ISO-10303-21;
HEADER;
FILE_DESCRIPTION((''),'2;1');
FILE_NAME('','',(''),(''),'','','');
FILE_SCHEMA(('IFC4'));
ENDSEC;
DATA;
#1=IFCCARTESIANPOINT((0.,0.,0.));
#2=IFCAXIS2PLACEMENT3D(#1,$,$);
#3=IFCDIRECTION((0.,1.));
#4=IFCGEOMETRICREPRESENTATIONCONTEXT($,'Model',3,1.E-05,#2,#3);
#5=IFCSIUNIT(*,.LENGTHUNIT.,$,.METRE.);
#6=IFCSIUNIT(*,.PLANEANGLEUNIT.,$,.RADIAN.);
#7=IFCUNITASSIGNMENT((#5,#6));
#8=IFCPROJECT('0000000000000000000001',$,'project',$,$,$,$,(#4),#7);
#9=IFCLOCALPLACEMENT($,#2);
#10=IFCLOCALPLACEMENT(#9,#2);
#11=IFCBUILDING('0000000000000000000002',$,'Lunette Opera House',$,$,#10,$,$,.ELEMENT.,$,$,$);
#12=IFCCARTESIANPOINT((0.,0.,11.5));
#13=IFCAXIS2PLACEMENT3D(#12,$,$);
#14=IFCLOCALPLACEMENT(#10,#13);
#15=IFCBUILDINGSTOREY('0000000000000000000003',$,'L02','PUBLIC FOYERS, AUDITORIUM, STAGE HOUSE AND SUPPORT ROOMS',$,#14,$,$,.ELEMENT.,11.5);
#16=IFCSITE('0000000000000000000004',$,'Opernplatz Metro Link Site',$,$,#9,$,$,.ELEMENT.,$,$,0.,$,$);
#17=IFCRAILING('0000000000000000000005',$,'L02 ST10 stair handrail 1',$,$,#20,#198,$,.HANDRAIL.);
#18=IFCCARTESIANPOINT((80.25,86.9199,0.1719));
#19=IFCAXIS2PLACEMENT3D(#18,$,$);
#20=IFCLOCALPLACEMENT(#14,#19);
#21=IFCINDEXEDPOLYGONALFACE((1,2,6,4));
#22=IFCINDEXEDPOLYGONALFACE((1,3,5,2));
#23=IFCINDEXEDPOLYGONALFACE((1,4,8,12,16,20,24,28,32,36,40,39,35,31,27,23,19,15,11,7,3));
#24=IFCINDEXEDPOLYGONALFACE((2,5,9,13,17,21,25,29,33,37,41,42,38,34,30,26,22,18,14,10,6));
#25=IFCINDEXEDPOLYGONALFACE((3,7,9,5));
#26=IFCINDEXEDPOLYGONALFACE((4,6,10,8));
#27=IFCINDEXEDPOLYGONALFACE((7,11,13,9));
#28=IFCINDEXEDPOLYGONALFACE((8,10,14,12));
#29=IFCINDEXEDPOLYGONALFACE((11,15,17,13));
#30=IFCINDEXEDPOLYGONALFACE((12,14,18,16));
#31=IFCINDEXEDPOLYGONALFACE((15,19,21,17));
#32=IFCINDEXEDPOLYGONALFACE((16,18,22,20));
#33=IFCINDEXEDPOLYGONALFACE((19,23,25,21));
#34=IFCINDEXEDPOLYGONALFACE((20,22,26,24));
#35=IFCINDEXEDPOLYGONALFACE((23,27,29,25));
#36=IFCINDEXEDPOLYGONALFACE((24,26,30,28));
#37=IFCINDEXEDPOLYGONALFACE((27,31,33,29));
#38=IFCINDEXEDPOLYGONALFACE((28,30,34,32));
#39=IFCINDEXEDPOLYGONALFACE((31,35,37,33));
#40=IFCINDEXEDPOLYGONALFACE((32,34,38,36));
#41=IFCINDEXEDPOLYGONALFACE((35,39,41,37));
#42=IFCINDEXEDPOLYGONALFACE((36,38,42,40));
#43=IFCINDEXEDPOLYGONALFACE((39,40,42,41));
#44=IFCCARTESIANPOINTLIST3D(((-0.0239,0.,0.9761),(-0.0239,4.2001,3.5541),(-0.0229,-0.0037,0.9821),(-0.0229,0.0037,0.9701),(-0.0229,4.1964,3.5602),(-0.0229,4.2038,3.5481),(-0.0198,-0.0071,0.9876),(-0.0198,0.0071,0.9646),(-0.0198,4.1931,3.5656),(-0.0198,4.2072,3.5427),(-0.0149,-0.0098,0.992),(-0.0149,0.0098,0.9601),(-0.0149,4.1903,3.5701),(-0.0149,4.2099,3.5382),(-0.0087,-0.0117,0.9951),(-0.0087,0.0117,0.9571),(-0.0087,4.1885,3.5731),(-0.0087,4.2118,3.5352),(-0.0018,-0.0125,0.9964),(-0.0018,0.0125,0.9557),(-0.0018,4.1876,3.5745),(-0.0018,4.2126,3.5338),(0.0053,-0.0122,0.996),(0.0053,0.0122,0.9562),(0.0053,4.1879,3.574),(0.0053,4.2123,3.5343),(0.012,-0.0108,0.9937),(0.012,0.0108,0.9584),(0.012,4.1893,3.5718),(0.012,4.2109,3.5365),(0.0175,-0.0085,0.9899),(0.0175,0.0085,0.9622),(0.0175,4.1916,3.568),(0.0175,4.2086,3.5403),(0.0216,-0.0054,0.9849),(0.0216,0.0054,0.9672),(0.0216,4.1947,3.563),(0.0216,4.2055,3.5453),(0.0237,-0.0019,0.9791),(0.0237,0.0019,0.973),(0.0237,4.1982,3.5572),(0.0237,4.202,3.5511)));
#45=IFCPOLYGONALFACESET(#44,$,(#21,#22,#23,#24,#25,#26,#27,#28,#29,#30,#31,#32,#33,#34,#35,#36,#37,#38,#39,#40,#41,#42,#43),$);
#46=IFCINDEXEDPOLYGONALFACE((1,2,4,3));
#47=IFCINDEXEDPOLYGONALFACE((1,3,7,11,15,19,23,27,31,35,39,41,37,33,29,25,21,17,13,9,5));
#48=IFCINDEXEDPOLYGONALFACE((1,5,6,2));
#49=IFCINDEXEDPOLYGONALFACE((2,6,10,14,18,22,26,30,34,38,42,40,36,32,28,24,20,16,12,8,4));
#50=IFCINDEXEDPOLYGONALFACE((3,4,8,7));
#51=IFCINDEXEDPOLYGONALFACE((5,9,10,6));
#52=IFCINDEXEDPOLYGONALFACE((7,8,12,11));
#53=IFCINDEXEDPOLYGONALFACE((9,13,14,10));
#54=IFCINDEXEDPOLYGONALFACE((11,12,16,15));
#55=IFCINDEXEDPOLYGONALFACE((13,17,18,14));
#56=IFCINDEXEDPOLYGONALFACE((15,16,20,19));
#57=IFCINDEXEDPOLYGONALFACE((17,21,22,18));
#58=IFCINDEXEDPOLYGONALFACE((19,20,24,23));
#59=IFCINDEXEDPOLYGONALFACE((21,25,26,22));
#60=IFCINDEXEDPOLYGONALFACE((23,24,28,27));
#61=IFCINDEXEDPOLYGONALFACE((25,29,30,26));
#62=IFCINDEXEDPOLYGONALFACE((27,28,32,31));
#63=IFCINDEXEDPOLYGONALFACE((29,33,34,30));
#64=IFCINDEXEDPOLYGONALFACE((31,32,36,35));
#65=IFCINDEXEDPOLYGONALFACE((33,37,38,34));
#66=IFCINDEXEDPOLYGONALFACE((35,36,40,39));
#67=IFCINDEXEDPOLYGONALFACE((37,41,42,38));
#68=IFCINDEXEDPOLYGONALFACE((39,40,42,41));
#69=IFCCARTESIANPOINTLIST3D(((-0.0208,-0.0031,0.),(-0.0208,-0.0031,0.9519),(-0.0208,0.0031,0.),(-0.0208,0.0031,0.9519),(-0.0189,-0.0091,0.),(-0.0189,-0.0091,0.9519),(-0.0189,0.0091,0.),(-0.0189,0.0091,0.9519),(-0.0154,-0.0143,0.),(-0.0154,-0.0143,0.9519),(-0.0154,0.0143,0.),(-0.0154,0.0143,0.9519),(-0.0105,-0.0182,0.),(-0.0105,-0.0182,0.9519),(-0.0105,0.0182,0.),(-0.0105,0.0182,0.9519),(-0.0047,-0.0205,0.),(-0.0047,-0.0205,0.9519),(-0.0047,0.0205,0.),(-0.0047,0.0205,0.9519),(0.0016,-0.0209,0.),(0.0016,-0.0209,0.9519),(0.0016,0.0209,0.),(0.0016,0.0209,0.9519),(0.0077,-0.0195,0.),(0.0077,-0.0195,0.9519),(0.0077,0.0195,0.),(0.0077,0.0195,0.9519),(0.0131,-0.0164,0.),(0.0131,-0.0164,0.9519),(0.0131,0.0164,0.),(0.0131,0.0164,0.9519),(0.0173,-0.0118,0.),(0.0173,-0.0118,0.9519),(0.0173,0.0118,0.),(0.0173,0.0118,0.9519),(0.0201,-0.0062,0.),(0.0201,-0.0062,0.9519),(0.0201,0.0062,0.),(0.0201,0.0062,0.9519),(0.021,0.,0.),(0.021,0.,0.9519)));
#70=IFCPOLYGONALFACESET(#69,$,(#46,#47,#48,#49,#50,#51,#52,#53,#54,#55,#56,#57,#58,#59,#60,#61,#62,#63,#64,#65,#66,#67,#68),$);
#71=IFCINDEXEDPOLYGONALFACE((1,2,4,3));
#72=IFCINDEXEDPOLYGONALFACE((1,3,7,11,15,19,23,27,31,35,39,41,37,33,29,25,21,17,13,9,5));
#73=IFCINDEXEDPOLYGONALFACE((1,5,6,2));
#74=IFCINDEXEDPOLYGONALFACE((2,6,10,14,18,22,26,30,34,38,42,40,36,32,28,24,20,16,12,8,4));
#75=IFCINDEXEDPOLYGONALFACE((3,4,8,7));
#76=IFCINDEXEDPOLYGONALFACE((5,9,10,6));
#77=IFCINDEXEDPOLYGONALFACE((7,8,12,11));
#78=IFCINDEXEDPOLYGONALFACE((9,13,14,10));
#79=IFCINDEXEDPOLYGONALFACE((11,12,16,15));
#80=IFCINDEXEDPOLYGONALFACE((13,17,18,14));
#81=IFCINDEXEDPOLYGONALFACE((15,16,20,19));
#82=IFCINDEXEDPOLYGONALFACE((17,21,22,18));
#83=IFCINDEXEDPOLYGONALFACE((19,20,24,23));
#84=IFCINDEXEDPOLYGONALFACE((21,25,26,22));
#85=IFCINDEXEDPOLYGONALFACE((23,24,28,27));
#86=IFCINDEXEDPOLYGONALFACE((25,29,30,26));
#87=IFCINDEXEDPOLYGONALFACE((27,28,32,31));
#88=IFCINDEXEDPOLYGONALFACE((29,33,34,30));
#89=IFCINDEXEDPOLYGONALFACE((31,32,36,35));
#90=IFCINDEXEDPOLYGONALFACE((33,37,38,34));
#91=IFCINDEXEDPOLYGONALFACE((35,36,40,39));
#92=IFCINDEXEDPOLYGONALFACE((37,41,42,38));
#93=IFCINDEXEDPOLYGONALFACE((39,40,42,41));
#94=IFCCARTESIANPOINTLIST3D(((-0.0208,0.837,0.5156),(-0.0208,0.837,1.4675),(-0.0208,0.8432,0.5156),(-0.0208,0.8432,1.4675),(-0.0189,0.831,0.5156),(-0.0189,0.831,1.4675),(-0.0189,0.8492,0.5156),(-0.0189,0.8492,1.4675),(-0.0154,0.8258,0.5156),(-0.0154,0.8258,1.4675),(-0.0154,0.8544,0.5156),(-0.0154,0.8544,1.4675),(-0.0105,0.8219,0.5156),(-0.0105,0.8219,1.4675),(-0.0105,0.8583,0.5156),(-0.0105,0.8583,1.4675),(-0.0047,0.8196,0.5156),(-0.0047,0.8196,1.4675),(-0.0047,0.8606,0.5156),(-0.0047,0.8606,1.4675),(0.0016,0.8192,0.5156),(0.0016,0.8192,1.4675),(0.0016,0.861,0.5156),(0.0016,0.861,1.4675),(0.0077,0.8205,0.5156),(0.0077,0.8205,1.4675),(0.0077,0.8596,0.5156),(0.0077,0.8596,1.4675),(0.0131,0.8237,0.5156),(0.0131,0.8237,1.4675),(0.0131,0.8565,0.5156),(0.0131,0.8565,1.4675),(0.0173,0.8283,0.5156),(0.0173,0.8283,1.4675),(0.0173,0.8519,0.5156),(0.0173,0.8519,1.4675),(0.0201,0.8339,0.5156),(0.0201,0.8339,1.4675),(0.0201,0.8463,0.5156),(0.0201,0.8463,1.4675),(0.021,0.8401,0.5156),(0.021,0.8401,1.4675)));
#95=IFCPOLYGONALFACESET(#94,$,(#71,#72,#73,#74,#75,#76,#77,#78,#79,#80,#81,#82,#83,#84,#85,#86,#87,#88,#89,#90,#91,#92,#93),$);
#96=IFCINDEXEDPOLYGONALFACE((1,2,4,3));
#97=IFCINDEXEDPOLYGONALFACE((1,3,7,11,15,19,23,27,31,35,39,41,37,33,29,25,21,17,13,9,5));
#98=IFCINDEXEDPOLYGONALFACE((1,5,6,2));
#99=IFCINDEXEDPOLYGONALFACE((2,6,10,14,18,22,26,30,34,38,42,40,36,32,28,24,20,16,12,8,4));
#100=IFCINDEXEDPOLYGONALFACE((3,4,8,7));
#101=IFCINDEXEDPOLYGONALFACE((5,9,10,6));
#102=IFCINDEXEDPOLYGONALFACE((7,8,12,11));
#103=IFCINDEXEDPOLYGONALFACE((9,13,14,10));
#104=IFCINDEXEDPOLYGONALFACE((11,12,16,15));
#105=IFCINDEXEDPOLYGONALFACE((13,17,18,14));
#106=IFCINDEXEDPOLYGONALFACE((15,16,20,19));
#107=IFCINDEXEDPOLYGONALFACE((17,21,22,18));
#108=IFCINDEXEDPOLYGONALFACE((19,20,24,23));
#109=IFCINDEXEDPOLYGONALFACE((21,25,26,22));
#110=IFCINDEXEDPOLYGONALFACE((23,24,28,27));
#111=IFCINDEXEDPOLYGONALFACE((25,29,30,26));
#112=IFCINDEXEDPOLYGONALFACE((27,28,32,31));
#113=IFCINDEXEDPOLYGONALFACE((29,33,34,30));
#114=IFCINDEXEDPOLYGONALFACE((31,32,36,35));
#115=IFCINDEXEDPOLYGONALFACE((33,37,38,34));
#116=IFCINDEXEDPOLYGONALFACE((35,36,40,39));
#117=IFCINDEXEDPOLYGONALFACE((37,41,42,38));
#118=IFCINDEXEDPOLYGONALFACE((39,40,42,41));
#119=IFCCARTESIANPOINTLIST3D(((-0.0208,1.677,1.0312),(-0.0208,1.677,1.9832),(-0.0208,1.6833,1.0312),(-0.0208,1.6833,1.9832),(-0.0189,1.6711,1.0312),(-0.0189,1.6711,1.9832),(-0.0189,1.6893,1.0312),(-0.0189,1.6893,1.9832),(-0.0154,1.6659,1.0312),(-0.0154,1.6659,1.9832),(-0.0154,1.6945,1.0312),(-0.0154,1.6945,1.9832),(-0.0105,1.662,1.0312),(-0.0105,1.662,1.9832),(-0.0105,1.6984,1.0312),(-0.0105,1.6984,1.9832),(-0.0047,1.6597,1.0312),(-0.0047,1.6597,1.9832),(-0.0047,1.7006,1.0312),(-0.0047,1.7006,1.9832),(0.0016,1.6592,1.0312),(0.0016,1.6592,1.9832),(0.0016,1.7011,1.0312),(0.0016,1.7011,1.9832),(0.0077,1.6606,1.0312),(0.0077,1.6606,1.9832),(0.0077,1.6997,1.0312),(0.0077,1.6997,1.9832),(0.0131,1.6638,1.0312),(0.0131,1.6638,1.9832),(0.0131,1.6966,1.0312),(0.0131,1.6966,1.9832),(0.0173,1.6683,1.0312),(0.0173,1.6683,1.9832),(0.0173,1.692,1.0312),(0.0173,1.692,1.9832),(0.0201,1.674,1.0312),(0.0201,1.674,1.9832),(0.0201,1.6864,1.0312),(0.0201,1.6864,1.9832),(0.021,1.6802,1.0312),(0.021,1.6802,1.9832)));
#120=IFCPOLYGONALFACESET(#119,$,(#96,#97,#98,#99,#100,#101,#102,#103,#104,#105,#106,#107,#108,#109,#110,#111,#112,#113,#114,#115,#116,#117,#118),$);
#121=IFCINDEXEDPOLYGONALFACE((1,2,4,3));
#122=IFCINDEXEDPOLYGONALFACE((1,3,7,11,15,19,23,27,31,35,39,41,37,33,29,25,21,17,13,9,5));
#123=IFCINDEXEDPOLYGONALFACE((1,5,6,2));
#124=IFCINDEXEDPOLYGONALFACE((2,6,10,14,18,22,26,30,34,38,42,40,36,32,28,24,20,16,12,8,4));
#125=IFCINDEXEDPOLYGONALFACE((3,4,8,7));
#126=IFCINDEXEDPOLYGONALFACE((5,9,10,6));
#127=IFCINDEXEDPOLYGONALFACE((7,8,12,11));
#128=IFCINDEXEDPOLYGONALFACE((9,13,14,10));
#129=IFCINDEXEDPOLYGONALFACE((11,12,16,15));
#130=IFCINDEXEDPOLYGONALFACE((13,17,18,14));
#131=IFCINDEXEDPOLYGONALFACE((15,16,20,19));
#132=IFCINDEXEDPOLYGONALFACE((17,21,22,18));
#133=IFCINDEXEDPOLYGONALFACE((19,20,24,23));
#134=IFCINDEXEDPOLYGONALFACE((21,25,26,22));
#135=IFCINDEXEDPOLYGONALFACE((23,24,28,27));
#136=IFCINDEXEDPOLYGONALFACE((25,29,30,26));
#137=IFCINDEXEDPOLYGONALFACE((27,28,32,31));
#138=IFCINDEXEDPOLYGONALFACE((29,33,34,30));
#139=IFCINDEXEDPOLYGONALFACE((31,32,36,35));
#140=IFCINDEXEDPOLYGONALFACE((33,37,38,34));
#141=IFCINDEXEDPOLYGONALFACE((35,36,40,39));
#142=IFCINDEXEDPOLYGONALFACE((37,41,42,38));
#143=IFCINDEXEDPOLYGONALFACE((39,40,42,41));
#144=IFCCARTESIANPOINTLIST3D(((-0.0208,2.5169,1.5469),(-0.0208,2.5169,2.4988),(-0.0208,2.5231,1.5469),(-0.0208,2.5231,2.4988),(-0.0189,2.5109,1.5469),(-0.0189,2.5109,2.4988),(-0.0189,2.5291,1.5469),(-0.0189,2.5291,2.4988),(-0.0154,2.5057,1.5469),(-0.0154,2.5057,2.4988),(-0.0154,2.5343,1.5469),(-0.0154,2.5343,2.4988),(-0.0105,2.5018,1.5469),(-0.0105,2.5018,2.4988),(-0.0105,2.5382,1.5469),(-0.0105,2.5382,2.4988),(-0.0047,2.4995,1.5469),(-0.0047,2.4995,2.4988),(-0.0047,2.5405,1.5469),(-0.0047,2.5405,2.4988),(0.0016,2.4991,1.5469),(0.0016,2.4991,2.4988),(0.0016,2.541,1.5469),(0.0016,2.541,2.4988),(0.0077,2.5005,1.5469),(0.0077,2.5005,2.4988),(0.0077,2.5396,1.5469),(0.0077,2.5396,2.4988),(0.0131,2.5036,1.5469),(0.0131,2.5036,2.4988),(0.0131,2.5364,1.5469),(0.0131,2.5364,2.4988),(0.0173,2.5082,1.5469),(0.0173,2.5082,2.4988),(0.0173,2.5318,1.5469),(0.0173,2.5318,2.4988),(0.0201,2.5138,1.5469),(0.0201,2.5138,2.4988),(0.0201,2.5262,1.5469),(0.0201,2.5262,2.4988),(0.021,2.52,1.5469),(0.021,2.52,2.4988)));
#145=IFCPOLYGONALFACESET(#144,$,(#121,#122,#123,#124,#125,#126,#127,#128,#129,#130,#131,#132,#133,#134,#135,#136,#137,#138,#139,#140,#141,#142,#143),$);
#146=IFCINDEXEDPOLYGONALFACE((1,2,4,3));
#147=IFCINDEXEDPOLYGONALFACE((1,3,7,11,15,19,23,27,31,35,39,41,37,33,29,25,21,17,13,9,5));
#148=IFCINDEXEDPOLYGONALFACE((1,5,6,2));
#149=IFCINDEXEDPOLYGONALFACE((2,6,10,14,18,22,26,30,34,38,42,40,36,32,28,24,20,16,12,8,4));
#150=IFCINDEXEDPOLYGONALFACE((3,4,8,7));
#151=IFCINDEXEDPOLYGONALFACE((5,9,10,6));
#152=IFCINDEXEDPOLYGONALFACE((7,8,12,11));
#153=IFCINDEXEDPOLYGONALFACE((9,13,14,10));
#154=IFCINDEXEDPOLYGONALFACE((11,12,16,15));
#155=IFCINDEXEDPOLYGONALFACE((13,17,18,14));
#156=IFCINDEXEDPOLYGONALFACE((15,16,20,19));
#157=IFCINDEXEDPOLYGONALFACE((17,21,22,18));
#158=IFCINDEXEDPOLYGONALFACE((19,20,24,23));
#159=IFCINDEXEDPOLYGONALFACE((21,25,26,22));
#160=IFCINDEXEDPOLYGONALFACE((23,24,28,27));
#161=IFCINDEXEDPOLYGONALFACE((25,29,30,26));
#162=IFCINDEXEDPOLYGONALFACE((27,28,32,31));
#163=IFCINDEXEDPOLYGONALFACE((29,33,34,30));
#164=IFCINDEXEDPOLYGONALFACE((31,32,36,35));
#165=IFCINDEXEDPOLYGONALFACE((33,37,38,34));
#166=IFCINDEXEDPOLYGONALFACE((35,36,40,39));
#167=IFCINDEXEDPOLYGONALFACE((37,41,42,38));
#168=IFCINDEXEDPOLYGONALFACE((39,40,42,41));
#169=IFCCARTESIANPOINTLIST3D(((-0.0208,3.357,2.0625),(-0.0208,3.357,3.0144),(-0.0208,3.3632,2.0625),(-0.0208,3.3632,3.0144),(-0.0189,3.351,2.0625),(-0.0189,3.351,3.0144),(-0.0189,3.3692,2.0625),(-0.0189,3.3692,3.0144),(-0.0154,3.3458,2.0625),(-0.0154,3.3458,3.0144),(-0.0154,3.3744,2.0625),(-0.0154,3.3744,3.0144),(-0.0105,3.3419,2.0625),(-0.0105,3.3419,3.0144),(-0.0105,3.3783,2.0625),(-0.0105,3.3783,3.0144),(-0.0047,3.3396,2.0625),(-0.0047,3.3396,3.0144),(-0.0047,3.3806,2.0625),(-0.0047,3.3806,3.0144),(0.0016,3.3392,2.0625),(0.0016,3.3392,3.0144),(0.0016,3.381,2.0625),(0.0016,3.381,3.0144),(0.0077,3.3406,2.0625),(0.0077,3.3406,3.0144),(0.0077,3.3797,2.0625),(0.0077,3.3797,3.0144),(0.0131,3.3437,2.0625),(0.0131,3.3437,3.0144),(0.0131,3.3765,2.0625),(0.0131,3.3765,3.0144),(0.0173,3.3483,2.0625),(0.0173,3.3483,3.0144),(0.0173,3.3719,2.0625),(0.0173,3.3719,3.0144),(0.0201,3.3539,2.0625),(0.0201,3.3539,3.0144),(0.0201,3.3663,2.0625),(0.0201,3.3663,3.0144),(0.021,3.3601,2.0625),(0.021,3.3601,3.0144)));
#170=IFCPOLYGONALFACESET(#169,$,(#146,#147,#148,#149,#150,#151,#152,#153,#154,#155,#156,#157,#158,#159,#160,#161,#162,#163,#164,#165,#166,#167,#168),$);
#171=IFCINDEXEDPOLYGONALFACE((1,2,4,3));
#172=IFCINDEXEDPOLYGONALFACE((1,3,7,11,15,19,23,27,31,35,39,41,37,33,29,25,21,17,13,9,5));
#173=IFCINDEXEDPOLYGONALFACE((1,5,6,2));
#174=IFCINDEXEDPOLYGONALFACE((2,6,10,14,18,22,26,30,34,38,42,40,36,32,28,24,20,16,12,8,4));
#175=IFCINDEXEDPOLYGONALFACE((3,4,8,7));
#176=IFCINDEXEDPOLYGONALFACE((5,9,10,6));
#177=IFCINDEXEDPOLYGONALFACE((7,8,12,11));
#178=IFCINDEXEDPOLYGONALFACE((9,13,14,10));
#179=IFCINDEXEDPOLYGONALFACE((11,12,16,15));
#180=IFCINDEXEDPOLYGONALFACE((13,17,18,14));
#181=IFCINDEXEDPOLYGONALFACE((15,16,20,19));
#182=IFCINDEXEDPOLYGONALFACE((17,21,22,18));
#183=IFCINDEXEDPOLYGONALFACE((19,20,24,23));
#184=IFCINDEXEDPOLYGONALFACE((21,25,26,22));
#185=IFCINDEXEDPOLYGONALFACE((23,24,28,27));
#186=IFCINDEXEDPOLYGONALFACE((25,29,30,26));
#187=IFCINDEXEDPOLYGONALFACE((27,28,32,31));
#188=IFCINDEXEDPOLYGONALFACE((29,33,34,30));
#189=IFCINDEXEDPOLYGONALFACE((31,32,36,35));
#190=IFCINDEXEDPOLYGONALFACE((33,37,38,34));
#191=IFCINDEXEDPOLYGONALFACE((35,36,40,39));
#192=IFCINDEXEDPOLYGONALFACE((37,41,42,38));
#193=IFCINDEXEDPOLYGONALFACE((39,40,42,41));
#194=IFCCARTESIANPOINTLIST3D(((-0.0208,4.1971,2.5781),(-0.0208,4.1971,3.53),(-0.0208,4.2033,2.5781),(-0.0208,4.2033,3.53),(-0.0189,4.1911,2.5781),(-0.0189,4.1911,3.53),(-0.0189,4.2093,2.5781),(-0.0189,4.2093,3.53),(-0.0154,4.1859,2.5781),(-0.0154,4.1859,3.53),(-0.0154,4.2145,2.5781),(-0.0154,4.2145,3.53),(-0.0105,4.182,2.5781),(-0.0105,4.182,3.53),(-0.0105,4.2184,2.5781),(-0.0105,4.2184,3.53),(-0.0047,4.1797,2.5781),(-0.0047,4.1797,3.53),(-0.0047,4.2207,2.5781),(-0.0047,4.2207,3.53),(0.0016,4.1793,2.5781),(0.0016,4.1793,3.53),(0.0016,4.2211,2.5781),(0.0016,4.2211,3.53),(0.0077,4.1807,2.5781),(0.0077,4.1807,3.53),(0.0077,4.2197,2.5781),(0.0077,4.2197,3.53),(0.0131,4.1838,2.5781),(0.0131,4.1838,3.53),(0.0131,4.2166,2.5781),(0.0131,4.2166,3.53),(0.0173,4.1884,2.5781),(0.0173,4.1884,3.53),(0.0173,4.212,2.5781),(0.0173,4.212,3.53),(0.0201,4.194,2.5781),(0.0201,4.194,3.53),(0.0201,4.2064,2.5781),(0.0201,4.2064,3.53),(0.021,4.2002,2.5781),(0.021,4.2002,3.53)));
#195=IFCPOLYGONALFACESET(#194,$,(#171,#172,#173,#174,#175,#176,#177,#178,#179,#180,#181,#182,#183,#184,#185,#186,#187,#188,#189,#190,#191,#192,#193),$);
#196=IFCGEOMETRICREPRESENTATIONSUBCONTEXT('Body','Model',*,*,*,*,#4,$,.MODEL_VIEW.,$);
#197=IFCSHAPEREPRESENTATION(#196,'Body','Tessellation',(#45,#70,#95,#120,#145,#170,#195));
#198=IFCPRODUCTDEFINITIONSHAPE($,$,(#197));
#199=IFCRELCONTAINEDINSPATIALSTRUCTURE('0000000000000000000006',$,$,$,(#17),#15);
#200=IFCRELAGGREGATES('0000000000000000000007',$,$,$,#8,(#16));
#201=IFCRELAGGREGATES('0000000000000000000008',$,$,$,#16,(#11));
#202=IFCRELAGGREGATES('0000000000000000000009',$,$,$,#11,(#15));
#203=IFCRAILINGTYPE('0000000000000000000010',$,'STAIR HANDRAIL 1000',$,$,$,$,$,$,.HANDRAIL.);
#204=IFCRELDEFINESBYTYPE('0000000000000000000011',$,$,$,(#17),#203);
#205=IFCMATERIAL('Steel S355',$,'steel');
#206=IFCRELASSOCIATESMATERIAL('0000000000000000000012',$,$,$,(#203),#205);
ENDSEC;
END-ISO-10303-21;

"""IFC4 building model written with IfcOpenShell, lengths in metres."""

from ifc_helpers import new_model, si_unit, direction, frame, origin, origin_2d, place, context, subcontext, project, spatial, circle, extrude, material, type_object, element, save


model = new_model("IFC4")

# Units and contexts
model_context = context("Model", 3, precision=1e-05, world=origin(), true_north=direction((0.0, 1.0)))
body_context = subcontext(model_context, "Body", "Model", "MODEL_VIEW")
ifc_project = project(units=[si_unit("LENGTHUNIT", "METRE"), si_unit("PLANEANGLEUNIT", "RADIAN")], contexts=[model_context])

# Site, building, storey
site_placement = place(None, origin())
site = spatial("IfcSite", under=ifc_project, at=site_placement, Name="Opernplatz Metro Link Site", CompositionType="ELEMENT", RefElevation=0.0)
building_placement = place(site_placement, origin())
building = spatial("IfcBuilding", under=site, at=building_placement, Name="Lunette Opera House", CompositionType="ELEMENT")
storey_placement = place(building_placement, frame((0.0, 0.0, 11.5)))
storey = spatial("IfcBuildingStorey", under=building, at=storey_placement, Name="L02", Description="PUBLIC FOYERS, AUDITORIUM, STAGE HOUSE AND SUPPORT ROOMS", CompositionType="ELEMENT", Elevation=11.5)

# Railing
ifc_material_1 = material(Name="Steel S355", Category="steel")
railing_type_1 = type_object("IfcRailingType", Name="STAIR HANDRAIL 1000", PredefinedType="HANDRAIL", material=ifc_material_1)
railing_1_placement = place(storey_placement, frame((80.25, 86.9199, 0.1719)))
element("IfcRailing", 1, at=railing_1_placement, inside=storey, type_object=railing_type_1, Name="L02 ST10 stair handrail 1", PredefinedType="HANDRAIL", context=body_context, shape_type="SweptSolid", body=[
    extrude(circle(Radius=0.0239, at=origin_2d()), frame((0.0, 0.0, 0.9761), z_axis=(0.0, 0.852256, 0.523124), x_axis=(-1.0, 0.0, 0.0)), (0.0, 0.0, 1.0), 4.9282),
    extrude(circle(Radius=0.021, at=origin_2d()), origin(), (0.0, 0.0, 1.0), 0.9519),
    extrude(circle(Radius=0.021, at=origin_2d()), frame((0.0, 0.8401, 0.5156)), (0.0, 0.0, 1.0), 0.9519),
    extrude(circle(Radius=0.021, at=origin_2d()), frame((0.0, 1.6802, 1.0312)), (0.0, 0.0, 1.0), 0.9519),
    extrude(circle(Radius=0.021, at=origin_2d()), frame((0.0, 2.52, 1.5469)), (0.0, 0.0, 1.0), 0.9519),
    extrude(circle(Radius=0.021, at=origin_2d()), frame((0.0, 3.3601, 2.0625)), (0.0, 0.0, 1.0), 0.9519),
    extrude(circle(Radius=0.021, at=origin_2d()), frame((0.0, 4.2002, 2.5781)), (0.0, 0.0, 1.0), 0.9519),
])

save(model, "model.ifc")
